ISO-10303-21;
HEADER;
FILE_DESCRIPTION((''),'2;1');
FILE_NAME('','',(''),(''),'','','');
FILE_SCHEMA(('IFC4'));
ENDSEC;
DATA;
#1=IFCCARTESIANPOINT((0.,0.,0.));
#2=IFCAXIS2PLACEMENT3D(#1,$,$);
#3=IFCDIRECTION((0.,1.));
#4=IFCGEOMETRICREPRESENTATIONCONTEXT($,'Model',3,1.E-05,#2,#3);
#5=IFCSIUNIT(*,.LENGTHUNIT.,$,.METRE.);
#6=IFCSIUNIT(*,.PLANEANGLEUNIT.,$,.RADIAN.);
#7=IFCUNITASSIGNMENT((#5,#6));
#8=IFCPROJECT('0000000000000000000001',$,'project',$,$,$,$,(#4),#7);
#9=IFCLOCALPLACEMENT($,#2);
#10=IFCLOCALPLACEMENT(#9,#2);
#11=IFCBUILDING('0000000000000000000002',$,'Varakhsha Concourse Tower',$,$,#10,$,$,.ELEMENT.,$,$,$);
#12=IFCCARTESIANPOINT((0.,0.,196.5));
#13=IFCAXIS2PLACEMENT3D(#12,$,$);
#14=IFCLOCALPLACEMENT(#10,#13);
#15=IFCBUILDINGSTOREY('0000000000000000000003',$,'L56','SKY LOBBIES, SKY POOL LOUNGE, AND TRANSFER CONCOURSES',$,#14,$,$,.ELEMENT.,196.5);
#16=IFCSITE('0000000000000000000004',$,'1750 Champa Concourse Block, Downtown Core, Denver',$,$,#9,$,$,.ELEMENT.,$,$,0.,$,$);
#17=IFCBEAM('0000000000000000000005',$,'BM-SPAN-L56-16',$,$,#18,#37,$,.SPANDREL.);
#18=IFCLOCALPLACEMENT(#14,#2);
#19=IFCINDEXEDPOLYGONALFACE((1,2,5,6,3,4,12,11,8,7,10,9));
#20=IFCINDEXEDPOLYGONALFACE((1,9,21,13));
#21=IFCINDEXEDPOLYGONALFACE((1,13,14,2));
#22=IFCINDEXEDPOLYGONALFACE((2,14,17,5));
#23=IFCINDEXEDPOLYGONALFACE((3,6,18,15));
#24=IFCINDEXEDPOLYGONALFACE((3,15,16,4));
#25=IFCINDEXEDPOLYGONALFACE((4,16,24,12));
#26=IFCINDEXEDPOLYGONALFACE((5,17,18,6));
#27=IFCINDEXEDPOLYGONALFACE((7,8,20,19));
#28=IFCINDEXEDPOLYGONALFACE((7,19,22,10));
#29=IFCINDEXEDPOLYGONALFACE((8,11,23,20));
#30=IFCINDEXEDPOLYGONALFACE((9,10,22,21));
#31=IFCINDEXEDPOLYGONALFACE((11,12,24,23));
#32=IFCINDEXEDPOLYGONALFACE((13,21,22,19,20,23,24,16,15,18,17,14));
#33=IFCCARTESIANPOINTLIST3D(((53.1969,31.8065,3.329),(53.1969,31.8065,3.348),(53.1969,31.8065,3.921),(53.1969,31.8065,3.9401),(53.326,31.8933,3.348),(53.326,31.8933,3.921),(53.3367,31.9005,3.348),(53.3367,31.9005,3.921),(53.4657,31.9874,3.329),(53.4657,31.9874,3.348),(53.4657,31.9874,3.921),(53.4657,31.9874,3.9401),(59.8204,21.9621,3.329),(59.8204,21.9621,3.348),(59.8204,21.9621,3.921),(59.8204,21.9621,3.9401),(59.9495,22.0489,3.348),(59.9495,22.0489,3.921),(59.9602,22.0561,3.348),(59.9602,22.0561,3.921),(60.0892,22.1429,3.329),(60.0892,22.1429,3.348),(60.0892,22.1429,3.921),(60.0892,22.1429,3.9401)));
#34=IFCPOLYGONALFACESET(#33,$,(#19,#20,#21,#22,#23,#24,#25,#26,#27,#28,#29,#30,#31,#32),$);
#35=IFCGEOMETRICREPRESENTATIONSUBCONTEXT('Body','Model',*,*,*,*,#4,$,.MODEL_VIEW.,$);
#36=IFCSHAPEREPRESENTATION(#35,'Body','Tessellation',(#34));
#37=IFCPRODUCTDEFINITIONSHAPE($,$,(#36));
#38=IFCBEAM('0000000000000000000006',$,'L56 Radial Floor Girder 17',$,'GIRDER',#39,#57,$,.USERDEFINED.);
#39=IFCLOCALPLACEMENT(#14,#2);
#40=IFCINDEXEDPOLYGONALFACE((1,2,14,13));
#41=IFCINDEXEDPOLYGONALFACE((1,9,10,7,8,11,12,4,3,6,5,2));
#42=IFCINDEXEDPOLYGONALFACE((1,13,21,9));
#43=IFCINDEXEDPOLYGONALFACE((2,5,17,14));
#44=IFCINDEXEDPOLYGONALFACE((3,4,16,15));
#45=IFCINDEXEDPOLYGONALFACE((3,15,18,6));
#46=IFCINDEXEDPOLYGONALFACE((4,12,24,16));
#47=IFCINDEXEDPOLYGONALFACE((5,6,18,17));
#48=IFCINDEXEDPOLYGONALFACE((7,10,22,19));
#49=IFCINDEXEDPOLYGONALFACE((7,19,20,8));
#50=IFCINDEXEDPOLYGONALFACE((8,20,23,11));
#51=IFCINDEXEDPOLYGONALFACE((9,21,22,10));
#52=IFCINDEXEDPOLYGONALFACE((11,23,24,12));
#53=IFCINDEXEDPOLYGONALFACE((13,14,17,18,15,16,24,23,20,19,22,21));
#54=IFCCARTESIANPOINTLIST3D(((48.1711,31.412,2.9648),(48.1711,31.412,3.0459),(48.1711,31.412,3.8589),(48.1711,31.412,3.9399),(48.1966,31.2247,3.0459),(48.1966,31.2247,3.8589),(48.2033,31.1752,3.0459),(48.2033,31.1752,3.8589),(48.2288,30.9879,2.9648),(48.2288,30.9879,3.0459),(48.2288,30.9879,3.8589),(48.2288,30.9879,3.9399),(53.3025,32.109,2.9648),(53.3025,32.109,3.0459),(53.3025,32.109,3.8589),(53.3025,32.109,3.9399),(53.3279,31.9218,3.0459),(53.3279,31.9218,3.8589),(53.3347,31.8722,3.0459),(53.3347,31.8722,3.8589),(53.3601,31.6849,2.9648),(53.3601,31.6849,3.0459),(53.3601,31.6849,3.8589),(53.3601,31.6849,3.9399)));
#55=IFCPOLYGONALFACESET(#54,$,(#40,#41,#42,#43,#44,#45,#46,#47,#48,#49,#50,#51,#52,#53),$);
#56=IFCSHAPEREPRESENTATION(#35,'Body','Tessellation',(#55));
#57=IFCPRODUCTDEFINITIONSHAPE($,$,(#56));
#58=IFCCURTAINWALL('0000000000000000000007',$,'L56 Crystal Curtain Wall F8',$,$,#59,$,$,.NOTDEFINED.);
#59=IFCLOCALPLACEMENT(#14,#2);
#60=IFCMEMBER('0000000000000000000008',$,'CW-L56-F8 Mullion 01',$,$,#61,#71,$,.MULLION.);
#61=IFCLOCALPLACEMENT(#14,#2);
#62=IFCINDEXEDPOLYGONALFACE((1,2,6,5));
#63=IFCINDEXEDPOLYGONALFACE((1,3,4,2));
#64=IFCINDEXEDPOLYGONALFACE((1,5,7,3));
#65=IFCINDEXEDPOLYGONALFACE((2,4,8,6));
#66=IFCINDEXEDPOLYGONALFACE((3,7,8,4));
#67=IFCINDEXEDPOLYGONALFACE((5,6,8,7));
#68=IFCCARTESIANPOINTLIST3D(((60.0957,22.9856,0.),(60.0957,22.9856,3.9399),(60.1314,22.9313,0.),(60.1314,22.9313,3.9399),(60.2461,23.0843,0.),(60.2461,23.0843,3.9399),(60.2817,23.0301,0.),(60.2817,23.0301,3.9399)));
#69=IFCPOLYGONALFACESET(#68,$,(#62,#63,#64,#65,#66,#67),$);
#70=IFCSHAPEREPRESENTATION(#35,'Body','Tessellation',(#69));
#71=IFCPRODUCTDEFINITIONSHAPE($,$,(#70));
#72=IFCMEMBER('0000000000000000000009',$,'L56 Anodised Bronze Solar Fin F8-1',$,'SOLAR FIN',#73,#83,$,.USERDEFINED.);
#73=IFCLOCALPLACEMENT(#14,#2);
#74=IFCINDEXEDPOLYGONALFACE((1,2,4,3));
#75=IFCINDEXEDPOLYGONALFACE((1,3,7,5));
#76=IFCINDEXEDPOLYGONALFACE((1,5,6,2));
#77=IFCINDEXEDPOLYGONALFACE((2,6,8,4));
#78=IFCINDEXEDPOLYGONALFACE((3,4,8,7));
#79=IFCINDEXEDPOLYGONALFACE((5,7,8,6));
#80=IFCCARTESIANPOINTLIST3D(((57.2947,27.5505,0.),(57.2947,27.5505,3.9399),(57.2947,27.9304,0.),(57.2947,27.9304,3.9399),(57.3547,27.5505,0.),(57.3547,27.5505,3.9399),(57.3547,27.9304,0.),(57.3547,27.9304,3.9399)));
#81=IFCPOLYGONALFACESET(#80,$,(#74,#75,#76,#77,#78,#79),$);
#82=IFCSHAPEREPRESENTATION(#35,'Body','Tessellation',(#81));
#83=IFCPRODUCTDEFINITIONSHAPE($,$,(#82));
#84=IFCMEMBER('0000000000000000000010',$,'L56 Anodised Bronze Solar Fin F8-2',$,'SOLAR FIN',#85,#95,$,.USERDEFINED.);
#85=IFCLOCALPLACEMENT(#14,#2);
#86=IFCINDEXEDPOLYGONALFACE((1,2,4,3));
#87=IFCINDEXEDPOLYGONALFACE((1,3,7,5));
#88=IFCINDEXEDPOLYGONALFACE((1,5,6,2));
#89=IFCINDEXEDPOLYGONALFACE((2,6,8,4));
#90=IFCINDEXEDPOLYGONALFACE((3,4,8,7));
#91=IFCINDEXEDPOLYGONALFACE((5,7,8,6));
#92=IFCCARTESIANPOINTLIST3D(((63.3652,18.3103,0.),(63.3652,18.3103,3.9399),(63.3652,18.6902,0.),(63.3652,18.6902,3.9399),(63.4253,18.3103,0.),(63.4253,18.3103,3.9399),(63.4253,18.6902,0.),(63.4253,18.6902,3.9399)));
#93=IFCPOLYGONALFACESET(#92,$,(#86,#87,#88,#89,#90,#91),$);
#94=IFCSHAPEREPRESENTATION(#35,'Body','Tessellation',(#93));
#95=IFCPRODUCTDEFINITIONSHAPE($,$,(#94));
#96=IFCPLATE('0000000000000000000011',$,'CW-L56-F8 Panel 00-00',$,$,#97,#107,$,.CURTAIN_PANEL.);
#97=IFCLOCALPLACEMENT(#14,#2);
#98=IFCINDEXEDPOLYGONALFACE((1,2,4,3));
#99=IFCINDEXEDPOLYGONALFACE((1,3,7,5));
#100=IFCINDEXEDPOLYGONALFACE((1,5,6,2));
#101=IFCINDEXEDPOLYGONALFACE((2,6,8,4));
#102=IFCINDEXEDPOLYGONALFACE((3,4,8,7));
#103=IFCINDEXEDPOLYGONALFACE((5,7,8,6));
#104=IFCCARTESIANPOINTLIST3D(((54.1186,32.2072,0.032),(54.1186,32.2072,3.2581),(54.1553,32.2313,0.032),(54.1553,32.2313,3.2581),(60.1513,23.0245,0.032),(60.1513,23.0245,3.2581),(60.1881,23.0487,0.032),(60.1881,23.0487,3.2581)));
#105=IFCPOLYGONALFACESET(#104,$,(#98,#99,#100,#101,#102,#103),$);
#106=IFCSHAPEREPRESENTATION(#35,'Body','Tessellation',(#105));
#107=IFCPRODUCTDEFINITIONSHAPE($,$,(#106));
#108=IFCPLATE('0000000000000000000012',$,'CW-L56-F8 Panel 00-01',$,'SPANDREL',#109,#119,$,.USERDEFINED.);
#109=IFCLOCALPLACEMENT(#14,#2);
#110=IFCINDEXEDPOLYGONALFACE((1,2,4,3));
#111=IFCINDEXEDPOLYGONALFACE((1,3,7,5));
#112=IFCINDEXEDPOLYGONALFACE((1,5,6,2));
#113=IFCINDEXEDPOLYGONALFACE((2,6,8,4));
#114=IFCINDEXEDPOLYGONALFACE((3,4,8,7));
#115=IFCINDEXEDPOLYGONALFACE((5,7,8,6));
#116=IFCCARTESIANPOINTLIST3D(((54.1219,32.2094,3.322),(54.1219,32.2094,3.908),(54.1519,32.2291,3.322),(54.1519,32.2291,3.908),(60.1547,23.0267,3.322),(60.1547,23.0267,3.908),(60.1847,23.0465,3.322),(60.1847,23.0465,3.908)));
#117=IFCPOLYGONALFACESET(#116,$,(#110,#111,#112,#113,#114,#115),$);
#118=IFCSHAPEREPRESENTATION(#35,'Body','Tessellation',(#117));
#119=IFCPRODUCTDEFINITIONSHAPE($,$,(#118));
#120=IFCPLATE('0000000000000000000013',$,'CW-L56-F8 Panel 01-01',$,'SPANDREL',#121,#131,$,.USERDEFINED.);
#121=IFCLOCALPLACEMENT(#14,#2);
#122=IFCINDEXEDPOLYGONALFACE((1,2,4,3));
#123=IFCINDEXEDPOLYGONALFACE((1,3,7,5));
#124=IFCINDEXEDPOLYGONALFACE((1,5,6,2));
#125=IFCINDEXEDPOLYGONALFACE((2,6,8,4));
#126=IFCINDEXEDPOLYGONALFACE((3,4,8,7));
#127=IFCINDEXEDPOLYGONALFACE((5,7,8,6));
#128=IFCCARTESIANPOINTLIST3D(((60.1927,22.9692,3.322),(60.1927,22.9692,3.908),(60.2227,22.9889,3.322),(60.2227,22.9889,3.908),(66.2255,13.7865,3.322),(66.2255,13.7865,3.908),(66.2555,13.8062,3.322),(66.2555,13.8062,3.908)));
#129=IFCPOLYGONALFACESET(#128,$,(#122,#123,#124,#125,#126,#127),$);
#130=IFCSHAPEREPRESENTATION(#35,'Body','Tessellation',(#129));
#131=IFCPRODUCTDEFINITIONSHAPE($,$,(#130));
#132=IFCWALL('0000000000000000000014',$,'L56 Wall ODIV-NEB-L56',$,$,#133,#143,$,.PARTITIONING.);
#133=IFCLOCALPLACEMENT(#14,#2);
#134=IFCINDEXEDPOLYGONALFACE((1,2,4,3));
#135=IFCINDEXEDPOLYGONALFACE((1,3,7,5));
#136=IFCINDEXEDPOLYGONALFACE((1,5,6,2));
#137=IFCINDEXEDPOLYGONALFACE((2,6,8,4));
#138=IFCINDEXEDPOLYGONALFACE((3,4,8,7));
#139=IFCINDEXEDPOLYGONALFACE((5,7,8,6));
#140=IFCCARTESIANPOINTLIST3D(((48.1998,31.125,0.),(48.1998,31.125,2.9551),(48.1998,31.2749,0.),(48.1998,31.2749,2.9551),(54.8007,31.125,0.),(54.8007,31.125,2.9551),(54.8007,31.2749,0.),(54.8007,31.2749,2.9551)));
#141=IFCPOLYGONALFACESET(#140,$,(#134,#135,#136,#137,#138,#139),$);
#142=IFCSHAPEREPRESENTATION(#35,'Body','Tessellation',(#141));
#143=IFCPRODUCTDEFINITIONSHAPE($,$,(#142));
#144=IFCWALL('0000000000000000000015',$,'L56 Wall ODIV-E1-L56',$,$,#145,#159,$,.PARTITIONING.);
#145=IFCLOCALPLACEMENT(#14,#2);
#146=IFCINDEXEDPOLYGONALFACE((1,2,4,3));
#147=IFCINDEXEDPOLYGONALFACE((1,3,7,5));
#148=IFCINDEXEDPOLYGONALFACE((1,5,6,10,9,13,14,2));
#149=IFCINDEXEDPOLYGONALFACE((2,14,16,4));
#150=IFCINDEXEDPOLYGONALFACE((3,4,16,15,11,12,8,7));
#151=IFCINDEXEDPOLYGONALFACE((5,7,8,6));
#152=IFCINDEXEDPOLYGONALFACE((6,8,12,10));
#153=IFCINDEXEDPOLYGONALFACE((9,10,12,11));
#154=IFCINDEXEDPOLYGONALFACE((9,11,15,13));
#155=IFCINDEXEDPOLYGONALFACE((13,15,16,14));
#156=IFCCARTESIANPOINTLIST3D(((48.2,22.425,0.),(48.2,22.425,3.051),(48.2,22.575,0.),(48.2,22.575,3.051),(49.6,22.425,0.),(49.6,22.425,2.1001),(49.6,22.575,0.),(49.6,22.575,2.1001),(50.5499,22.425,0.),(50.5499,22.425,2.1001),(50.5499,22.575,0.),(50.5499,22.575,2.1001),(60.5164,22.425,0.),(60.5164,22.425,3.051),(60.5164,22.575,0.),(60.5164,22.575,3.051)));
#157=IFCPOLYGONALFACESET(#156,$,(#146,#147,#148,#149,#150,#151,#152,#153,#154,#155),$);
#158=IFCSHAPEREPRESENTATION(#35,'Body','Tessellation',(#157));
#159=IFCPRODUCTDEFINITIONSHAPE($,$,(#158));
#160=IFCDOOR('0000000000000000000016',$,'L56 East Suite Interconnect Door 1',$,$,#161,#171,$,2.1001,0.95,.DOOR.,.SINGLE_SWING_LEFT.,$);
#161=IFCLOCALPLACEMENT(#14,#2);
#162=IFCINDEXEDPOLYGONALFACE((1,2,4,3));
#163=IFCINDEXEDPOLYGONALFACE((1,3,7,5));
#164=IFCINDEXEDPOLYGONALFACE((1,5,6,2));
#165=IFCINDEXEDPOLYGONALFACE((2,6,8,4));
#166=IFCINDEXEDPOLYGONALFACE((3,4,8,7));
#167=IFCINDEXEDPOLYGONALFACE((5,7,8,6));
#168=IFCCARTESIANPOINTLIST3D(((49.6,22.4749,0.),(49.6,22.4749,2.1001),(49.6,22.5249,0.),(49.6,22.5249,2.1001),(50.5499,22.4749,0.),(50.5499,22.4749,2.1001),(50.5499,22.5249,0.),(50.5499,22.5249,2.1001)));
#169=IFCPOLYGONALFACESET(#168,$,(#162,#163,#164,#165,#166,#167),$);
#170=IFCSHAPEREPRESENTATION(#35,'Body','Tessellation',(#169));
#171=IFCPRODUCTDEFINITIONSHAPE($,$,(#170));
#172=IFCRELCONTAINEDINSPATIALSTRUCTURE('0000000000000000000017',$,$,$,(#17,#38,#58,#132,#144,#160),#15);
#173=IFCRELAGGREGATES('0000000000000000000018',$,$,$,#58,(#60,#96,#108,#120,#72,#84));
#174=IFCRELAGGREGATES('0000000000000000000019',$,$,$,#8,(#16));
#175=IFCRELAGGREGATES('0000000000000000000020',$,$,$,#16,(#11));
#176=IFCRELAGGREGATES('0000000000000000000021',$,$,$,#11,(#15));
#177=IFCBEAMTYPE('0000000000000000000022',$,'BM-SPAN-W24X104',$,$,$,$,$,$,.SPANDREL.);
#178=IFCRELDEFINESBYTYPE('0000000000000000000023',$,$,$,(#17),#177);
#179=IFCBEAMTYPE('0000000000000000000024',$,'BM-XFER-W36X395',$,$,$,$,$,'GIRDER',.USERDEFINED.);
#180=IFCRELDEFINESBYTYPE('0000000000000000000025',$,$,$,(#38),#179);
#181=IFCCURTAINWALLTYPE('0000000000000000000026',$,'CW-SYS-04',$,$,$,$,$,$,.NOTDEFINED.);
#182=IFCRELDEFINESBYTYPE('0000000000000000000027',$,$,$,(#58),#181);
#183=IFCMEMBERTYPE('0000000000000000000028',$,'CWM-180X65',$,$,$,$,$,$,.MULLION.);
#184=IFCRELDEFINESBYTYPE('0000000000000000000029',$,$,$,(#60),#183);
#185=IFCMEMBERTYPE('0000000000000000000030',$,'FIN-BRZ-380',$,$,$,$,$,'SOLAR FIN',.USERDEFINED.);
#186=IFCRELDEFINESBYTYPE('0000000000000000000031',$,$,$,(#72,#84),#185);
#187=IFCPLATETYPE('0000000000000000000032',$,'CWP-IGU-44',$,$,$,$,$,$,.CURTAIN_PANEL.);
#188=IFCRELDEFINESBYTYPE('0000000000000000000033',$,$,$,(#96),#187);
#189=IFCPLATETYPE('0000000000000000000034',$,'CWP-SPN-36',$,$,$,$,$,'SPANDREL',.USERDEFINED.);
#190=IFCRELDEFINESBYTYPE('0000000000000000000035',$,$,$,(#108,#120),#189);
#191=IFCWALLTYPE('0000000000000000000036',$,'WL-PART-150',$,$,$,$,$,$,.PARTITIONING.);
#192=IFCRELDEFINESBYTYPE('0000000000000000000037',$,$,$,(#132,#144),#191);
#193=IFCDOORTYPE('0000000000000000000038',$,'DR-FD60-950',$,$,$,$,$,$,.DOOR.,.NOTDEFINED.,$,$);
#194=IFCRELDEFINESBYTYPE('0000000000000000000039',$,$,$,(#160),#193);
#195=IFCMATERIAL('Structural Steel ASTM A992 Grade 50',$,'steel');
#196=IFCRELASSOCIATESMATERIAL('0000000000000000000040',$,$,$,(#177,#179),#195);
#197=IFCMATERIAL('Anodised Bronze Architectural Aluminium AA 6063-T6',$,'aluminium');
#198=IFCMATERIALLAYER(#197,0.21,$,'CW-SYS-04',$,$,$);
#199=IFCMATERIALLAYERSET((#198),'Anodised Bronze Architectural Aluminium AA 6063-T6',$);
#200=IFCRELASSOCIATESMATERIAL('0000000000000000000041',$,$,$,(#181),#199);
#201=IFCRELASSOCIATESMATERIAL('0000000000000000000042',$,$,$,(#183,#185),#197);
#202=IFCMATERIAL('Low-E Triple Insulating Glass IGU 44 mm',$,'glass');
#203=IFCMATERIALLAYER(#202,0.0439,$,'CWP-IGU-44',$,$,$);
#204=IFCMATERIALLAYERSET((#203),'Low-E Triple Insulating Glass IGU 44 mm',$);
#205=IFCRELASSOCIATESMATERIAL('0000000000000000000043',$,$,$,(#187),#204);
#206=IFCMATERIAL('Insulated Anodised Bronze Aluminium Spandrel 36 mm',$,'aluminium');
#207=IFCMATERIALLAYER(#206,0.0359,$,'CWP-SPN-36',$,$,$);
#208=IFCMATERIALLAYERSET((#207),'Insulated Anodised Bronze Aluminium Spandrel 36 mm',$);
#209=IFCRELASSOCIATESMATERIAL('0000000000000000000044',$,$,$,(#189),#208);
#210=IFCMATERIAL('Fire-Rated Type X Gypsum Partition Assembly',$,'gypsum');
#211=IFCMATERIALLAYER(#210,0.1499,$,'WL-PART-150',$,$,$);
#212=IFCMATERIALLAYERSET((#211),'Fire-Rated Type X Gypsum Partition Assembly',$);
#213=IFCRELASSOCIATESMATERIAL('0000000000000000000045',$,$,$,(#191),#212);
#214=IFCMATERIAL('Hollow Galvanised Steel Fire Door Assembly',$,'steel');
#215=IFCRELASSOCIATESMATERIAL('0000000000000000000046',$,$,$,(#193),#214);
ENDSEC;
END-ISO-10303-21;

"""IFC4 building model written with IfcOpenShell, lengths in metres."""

from ifc_helpers import new_model, si_unit, direction, frame, frame_2d, origin, origin_2d, place, context, subcontext, project, spatial, rectangle, i_section, extrude, source, transform, mapped, material, layer, layer_set, material_profile, profile_set, type_object, type_shapes, element, fill, aggregate, save


model = new_model("IFC4")

# Units and contexts
model_context = context("Model", 3, precision=1e-05, world=origin(), true_north=direction((0.0, 1.0)))
body_context = subcontext(model_context, "Body", "Model", "MODEL_VIEW")
ifc_project = project(units=[si_unit("LENGTHUNIT", "METRE"), si_unit("PLANEANGLEUNIT", "RADIAN")], contexts=[model_context])

# Site, building, storey
site_placement = place(None, origin())
site = spatial("IfcSite", under=ifc_project, at=site_placement, Name="1750 Champa Concourse Block, Downtown Core, Denver", CompositionType="ELEMENT", RefElevation=0.0)
building_placement = place(site_placement, origin())
building = spatial("IfcBuilding", under=site, at=building_placement, Name="Varakhsha Concourse Tower", CompositionType="ELEMENT")
storey_placement = place(building_placement, frame((0.0, 0.0, 196.5)))
storey = spatial("IfcBuildingStorey", under=building, at=storey_placement, Name="L56", Description="SKY LOBBIES, SKY POOL LOUNGE, AND TRANSFER CONCOURSES", CompositionType="ELEMENT", Elevation=196.5)

# Shared definitions
ifc_material_1 = material(Name="Structural Steel ASTM A992 Grade 50", Category="steel")

# Beams
ifc_material_profile_1 = material_profile(ifc_material_1, i_section(OverallWidth=0.324, OverallDepth=0.6111, WebThickness=0.0129, FlangeThickness=0.019, at=origin_2d()), Name="W24X104")
ifc_profile_set_1 = profile_set([ifc_material_profile_1], Name="Structural Steel ASTM A992 Grade 50")
beam_type_1 = type_object("IfcBeamType", Name="BM-SPAN-W24X104", PredefinedType="SPANDREL", material=ifc_profile_set_1)
beam_1_placement = place(storey_placement, frame((59.9548, 22.0525, 3.6345), z_axis=(-0.558228, 0.829688, 0.0), x_axis=(-0.829688, -0.558228, 0.0)))
element("IfcBeam", 1, at=beam_1_placement, inside=storey, type_object=beam_type_1, Name="BM-SPAN-L56-16", PredefinedType="SPANDREL", context=body_context, shape_type="SweptSolid", body=[
    extrude(i_section(OverallWidth=0.324, OverallDepth=0.6111, WebThickness=0.0129, FlangeThickness=0.019, at=origin_2d()), origin(), (0.0, 0.0, 1.0), 11.8652),
])
ifc_material_profile_2 = material_profile(ifc_material_1, i_section(OverallWidth=0.428, OverallDepth=0.9751, WebThickness=0.05, FlangeThickness=0.0811, at=origin_2d()), Name="W36X395")
ifc_profile_set_2 = profile_set([ifc_material_profile_2], Name="Structural Steel ASTM A992 Grade 50")
beam_type_2 = type_object("IfcBeamType", Name="BM-XFER-W36X395", ElementType="GIRDER", PredefinedType="USERDEFINED", material=ifc_profile_set_2)
beam_2_placement = place(storey_placement, frame((48.2, 31.2, 3.4524), z_axis=(0.9909, 0.1346, 0.0), x_axis=(-0.1346, 0.9909, 0.0)))
element("IfcBeam", 2, at=beam_2_placement, inside=storey, type_object=beam_type_2, Name="L56 Radial Floor Girder 17", ObjectType="GIRDER", PredefinedType="USERDEFINED", context=body_context, shape_type="SweptSolid", body=[
    extrude(i_section(OverallWidth=0.428, OverallDepth=0.9751, WebThickness=0.05, FlangeThickness=0.0811, at=origin_2d()), origin(), (0.0, 0.0, 1.0), 5.1785),
])

# Curtain wall, members, plates
ifc_material_2 = material(Name="Anodised Bronze Architectural Aluminium AA 6063-T6", Category="aluminium")
ifc_layer_1 = layer(ifc_material_2, 0.21, Name="CW-SYS-04")
ifc_layer_set_1 = layer_set([ifc_layer_1], Name="Anodised Bronze Architectural Aluminium AA 6063-T6")
curtain_wall_type = type_object("IfcCurtainWallType", Name="CW-SYS-04", PredefinedType="NOTDEFINED", material=ifc_layer_set_1)
curtain_wall_placement = place(storey_placement, origin())
curtain_wall = element("IfcCurtainWall", 3, at=curtain_wall_placement, inside=storey, type_object=curtain_wall_type, Name="L56 Crystal Curtain Wall F8", PredefinedType="NOTDEFINED")
ifc_material_profile_3 = material_profile(ifc_material_2, rectangle(XDim=0.0649, YDim=0.1799, at=origin_2d()), Name="CWM-180X65")
ifc_profile_set_3 = profile_set([ifc_material_profile_3], Name="Anodised Bronze Architectural Aluminium AA 6063-T6")
member_type_1 = type_object("IfcMemberType", Name="CWM-180X65", PredefinedType="MULLION", material=ifc_profile_set_3)
shared_shape_1 = source(origin(), body_context, "Body", "SweptSolid", [
    extrude(rectangle(XDim=0.0649, YDim=0.1799, at=origin_2d()), origin(), (0.0, 0.0, 1.0), 3.9399),
])
type_shapes(member_type_1, [shared_shape_1])
member_1_placement = place(storey_placement, frame((60.1887, 23.0078, 0.0), z_axis=(0.0, 0.0, 1.0), x_axis=(0.54908, -0.83577, 0.0)))
member_1 = element("IfcMember", 4, at=member_1_placement, type_object=member_type_1, Name="CW-L56-F8 Mullion 01", PredefinedType="MULLION", context=body_context, shape_type="MappedRepresentation", body=[
    mapped(shared_shape_1, transform((0.0, 0.0, 0.0), scale=1.0)),
])
ifc_material_profile_4 = material_profile(ifc_material_2, rectangle(XDim=0.0601, YDim=0.3799, at=origin_2d()), Name="FIN-BRZ-380")
ifc_profile_set_4 = profile_set([ifc_material_profile_4], Name="Anodised Bronze Architectural Aluminium AA 6063-T6")
member_type_2 = type_object("IfcMemberType", Name="FIN-BRZ-380", ElementType="SOLAR FIN", PredefinedType="USERDEFINED", material=ifc_profile_set_4)
shared_shape_2 = source(origin(), body_context, "Body", "SweptSolid", [
    extrude(rectangle(XDim=0.0601, YDim=0.3799, at=origin_2d()), origin(), (0.0, 0.0, 1.0), 3.9399),
])
type_shapes(member_type_2, [shared_shape_2])
member_2_placement = place(storey_placement, frame((57.3247, 27.7405, 0.0), z_axis=(0.0, 0.0, 1.0), x_axis=(1.0, 0.0, 0.0)))
member_2 = element("IfcMember", 5, at=member_2_placement, type_object=member_type_2, Name="L56 Anodised Bronze Solar Fin F8-1", ObjectType="SOLAR FIN", PredefinedType="USERDEFINED", context=body_context, shape_type="MappedRepresentation", body=[
    mapped(shared_shape_2, transform((0.0, 0.0, 0.0), scale=1.0)),
])
member_3_placement = place(storey_placement, frame((63.3953, 18.5002, 0.0), z_axis=(0.0, 0.0, 1.0), x_axis=(1.0, 0.0, 0.0)))
member_3 = element("IfcMember", 6, at=member_3_placement, type_object=member_type_2, Name="L56 Anodised Bronze Solar Fin F8-2", ObjectType="SOLAR FIN", PredefinedType="USERDEFINED", context=body_context, shape_type="MappedRepresentation", body=[
    mapped(shared_shape_2, transform((0.0, 0.0, 0.0), scale=1.0)),
])
ifc_material_3 = material(Name="Low-E Triple Insulating Glass IGU 44 mm", Category="glass")
ifc_layer_2 = layer(ifc_material_3, 0.0439, Name="CWP-IGU-44")
ifc_layer_set_2 = layer_set([ifc_layer_2], Name="Low-E Triple Insulating Glass IGU 44 mm")
plate_type_1 = type_object("IfcPlateType", Name="CWP-IGU-44", PredefinedType="CURTAIN_PANEL", material=ifc_layer_set_2)
shared_shape_3 = source(origin(), body_context, "Body", "SweptSolid", [
    extrude(rectangle(XDim=10.9871, YDim=0.0439, at=origin_2d()), origin(), (0.0, 0.0, 1.0), 3.2261),
])
type_shapes(plate_type_1, [shared_shape_3])
plate_1_placement = place(storey_placement, frame((57.1533, 27.6279, 0.032), z_axis=(0.0, 0.0, 1.0), x_axis=(0.54908, -0.83577, 0.0)))
plate_1 = element("IfcPlate", 7, at=plate_1_placement, type_object=plate_type_1, Name="CW-L56-F8 Panel 00-00", PredefinedType="CURTAIN_PANEL", context=body_context, shape_type="MappedRepresentation", body=[
    mapped(shared_shape_3, transform((0.0, 0.0, 0.0), scale=1.0)),
])
ifc_material_4 = material(Name="Insulated Anodised Bronze Aluminium Spandrel 36 mm", Category="aluminium")
ifc_layer_3 = layer(ifc_material_4, 0.0359, Name="CWP-SPN-36")
ifc_layer_set_3 = layer_set([ifc_layer_3], Name="Insulated Anodised Bronze Aluminium Spandrel 36 mm")
plate_type_2 = type_object("IfcPlateType", Name="CWP-SPN-36", ElementType="SPANDREL", PredefinedType="USERDEFINED", material=ifc_layer_set_3)
shared_shape_4 = source(origin(), body_context, "Body", "SweptSolid", [
    extrude(rectangle(XDim=10.9871, YDim=0.0359, at=origin_2d()), origin(), (0.0, 0.0, 1.0), 0.5859),
])
type_shapes(plate_type_2, [shared_shape_4])
plate_2_placement = place(storey_placement, frame((57.1533, 27.6279, 3.322), z_axis=(0.0, 0.0, 1.0), x_axis=(0.54908, -0.83577, 0.0)))
plate_2 = element("IfcPlate", 8, at=plate_2_placement, type_object=plate_type_2, Name="CW-L56-F8 Panel 00-01", ObjectType="SPANDREL", PredefinedType="USERDEFINED", context=body_context, shape_type="MappedRepresentation", body=[
    mapped(shared_shape_4, transform((0.0, 0.0, 0.0), scale=1.0)),
])
plate_3_placement = place(storey_placement, frame((63.2241, 18.3877, 3.322), z_axis=(0.0, 0.0, 1.0), x_axis=(0.54908, -0.83577, 0.0)))
plate_3 = element("IfcPlate", 9, at=plate_3_placement, type_object=plate_type_2, Name="CW-L56-F8 Panel 01-01", ObjectType="SPANDREL", PredefinedType="USERDEFINED", context=body_context, shape_type="MappedRepresentation", body=[
    mapped(shared_shape_4, transform((0.0, 0.0, 0.0), scale=1.0)),
])
aggregate(curtain_wall, [member_1, plate_1, plate_2, plate_3, member_2, member_3])

# Wall
ifc_material_5 = material(Name="Fire-Rated Type X Gypsum Partition Assembly", Category="gypsum")
ifc_layer_4 = layer(ifc_material_5, 0.1499, Name="WL-PART-150")
ifc_layer_set_4 = layer_set([ifc_layer_4], Name="Fire-Rated Type X Gypsum Partition Assembly")
wall_type_1 = type_object("IfcWallType", Name="WL-PART-150", PredefinedType="PARTITIONING", material=ifc_layer_set_4)
wall_1_placement = place(storey_placement, frame((48.2, 31.2, 0.0), z_axis=(0.0, 0.0, 1.0), x_axis=(1.0, 0.0, 0.0)))
element("IfcWall", 10, at=wall_1_placement, inside=storey, type_object=wall_type_1, Name="L56 Wall ODIV-NEB-L56", PredefinedType="PARTITIONING", context=body_context, shape_type="SweptSolid", body=[
    extrude(rectangle(XDim=6.6008, YDim=0.1499, at=frame_2d((3.3003, 0.0))), origin(), (0.0, 0.0, 1.0), 2.9551),
])

# Wall, opening, door
wall_2_placement = place(storey_placement, frame((48.2, 22.5, 0.0), z_axis=(0.0, 0.0, 1.0), x_axis=(1.0, 0.0, 0.0)))
wall_2 = element("IfcWall", 11, at=wall_2_placement, inside=storey, type_object=wall_type_1, Name="L56 Wall ODIV-E1-L56", PredefinedType="PARTITIONING", context=body_context, shape_type="SweptSolid", body=[
    extrude(rectangle(XDim=12.3164, YDim=0.1499, at=frame_2d((6.1582, 0.0))), origin(), (0.0, 0.0, 1.0), 3.051),
])
opening_placement = place(wall_2_placement, frame((1.3999, 0.0, 0.0)))
opening = element("IfcOpeningElement", 12, at=opening_placement, cuts=wall_2, PredefinedType="OPENING", context=body_context, shape_type="SweptSolid", body=[
    extrude(rectangle(XDim=0.95, YDim=2.1001, at=frame_2d((0.4751, 1.05))), frame((0.0, 0.085, 0.0), z_axis=(0.0, -1.0, 0.0), x_axis=(1.0, 0.0, 0.0)), (0.0, 0.0, 1.0), 0.1699),
])
ifc_material_6 = material(Name="Hollow Galvanised Steel Fire Door Assembly", Category="steel")
door_type = type_object("IfcDoorType", Name="DR-FD60-950", OperationType="NOTDEFINED", PredefinedType="DOOR", material=ifc_material_6)
door_placement = place(opening_placement, origin())
door = element("IfcDoor", 13, at=door_placement, inside=storey, type_object=door_type, Name="L56 East Suite Interconnect Door 1", OperationType="SINGLE_SWING_LEFT", OverallHeight=2.1001, OverallWidth=0.95, PredefinedType="DOOR", context=body_context, shape_type="SweptSolid", body=[
    extrude(rectangle(XDim=0.95, YDim=2.1001, at=frame_2d((0.4751, 1.05))), frame((0.0, 0.0249, 0.0), z_axis=(0.0, -1.0, 0.0), x_axis=(1.0, 0.0, 0.0)), (0.0, 0.0, 1.0), 0.05),
])
fill(opening, door)

save(model, "model.ifc")
